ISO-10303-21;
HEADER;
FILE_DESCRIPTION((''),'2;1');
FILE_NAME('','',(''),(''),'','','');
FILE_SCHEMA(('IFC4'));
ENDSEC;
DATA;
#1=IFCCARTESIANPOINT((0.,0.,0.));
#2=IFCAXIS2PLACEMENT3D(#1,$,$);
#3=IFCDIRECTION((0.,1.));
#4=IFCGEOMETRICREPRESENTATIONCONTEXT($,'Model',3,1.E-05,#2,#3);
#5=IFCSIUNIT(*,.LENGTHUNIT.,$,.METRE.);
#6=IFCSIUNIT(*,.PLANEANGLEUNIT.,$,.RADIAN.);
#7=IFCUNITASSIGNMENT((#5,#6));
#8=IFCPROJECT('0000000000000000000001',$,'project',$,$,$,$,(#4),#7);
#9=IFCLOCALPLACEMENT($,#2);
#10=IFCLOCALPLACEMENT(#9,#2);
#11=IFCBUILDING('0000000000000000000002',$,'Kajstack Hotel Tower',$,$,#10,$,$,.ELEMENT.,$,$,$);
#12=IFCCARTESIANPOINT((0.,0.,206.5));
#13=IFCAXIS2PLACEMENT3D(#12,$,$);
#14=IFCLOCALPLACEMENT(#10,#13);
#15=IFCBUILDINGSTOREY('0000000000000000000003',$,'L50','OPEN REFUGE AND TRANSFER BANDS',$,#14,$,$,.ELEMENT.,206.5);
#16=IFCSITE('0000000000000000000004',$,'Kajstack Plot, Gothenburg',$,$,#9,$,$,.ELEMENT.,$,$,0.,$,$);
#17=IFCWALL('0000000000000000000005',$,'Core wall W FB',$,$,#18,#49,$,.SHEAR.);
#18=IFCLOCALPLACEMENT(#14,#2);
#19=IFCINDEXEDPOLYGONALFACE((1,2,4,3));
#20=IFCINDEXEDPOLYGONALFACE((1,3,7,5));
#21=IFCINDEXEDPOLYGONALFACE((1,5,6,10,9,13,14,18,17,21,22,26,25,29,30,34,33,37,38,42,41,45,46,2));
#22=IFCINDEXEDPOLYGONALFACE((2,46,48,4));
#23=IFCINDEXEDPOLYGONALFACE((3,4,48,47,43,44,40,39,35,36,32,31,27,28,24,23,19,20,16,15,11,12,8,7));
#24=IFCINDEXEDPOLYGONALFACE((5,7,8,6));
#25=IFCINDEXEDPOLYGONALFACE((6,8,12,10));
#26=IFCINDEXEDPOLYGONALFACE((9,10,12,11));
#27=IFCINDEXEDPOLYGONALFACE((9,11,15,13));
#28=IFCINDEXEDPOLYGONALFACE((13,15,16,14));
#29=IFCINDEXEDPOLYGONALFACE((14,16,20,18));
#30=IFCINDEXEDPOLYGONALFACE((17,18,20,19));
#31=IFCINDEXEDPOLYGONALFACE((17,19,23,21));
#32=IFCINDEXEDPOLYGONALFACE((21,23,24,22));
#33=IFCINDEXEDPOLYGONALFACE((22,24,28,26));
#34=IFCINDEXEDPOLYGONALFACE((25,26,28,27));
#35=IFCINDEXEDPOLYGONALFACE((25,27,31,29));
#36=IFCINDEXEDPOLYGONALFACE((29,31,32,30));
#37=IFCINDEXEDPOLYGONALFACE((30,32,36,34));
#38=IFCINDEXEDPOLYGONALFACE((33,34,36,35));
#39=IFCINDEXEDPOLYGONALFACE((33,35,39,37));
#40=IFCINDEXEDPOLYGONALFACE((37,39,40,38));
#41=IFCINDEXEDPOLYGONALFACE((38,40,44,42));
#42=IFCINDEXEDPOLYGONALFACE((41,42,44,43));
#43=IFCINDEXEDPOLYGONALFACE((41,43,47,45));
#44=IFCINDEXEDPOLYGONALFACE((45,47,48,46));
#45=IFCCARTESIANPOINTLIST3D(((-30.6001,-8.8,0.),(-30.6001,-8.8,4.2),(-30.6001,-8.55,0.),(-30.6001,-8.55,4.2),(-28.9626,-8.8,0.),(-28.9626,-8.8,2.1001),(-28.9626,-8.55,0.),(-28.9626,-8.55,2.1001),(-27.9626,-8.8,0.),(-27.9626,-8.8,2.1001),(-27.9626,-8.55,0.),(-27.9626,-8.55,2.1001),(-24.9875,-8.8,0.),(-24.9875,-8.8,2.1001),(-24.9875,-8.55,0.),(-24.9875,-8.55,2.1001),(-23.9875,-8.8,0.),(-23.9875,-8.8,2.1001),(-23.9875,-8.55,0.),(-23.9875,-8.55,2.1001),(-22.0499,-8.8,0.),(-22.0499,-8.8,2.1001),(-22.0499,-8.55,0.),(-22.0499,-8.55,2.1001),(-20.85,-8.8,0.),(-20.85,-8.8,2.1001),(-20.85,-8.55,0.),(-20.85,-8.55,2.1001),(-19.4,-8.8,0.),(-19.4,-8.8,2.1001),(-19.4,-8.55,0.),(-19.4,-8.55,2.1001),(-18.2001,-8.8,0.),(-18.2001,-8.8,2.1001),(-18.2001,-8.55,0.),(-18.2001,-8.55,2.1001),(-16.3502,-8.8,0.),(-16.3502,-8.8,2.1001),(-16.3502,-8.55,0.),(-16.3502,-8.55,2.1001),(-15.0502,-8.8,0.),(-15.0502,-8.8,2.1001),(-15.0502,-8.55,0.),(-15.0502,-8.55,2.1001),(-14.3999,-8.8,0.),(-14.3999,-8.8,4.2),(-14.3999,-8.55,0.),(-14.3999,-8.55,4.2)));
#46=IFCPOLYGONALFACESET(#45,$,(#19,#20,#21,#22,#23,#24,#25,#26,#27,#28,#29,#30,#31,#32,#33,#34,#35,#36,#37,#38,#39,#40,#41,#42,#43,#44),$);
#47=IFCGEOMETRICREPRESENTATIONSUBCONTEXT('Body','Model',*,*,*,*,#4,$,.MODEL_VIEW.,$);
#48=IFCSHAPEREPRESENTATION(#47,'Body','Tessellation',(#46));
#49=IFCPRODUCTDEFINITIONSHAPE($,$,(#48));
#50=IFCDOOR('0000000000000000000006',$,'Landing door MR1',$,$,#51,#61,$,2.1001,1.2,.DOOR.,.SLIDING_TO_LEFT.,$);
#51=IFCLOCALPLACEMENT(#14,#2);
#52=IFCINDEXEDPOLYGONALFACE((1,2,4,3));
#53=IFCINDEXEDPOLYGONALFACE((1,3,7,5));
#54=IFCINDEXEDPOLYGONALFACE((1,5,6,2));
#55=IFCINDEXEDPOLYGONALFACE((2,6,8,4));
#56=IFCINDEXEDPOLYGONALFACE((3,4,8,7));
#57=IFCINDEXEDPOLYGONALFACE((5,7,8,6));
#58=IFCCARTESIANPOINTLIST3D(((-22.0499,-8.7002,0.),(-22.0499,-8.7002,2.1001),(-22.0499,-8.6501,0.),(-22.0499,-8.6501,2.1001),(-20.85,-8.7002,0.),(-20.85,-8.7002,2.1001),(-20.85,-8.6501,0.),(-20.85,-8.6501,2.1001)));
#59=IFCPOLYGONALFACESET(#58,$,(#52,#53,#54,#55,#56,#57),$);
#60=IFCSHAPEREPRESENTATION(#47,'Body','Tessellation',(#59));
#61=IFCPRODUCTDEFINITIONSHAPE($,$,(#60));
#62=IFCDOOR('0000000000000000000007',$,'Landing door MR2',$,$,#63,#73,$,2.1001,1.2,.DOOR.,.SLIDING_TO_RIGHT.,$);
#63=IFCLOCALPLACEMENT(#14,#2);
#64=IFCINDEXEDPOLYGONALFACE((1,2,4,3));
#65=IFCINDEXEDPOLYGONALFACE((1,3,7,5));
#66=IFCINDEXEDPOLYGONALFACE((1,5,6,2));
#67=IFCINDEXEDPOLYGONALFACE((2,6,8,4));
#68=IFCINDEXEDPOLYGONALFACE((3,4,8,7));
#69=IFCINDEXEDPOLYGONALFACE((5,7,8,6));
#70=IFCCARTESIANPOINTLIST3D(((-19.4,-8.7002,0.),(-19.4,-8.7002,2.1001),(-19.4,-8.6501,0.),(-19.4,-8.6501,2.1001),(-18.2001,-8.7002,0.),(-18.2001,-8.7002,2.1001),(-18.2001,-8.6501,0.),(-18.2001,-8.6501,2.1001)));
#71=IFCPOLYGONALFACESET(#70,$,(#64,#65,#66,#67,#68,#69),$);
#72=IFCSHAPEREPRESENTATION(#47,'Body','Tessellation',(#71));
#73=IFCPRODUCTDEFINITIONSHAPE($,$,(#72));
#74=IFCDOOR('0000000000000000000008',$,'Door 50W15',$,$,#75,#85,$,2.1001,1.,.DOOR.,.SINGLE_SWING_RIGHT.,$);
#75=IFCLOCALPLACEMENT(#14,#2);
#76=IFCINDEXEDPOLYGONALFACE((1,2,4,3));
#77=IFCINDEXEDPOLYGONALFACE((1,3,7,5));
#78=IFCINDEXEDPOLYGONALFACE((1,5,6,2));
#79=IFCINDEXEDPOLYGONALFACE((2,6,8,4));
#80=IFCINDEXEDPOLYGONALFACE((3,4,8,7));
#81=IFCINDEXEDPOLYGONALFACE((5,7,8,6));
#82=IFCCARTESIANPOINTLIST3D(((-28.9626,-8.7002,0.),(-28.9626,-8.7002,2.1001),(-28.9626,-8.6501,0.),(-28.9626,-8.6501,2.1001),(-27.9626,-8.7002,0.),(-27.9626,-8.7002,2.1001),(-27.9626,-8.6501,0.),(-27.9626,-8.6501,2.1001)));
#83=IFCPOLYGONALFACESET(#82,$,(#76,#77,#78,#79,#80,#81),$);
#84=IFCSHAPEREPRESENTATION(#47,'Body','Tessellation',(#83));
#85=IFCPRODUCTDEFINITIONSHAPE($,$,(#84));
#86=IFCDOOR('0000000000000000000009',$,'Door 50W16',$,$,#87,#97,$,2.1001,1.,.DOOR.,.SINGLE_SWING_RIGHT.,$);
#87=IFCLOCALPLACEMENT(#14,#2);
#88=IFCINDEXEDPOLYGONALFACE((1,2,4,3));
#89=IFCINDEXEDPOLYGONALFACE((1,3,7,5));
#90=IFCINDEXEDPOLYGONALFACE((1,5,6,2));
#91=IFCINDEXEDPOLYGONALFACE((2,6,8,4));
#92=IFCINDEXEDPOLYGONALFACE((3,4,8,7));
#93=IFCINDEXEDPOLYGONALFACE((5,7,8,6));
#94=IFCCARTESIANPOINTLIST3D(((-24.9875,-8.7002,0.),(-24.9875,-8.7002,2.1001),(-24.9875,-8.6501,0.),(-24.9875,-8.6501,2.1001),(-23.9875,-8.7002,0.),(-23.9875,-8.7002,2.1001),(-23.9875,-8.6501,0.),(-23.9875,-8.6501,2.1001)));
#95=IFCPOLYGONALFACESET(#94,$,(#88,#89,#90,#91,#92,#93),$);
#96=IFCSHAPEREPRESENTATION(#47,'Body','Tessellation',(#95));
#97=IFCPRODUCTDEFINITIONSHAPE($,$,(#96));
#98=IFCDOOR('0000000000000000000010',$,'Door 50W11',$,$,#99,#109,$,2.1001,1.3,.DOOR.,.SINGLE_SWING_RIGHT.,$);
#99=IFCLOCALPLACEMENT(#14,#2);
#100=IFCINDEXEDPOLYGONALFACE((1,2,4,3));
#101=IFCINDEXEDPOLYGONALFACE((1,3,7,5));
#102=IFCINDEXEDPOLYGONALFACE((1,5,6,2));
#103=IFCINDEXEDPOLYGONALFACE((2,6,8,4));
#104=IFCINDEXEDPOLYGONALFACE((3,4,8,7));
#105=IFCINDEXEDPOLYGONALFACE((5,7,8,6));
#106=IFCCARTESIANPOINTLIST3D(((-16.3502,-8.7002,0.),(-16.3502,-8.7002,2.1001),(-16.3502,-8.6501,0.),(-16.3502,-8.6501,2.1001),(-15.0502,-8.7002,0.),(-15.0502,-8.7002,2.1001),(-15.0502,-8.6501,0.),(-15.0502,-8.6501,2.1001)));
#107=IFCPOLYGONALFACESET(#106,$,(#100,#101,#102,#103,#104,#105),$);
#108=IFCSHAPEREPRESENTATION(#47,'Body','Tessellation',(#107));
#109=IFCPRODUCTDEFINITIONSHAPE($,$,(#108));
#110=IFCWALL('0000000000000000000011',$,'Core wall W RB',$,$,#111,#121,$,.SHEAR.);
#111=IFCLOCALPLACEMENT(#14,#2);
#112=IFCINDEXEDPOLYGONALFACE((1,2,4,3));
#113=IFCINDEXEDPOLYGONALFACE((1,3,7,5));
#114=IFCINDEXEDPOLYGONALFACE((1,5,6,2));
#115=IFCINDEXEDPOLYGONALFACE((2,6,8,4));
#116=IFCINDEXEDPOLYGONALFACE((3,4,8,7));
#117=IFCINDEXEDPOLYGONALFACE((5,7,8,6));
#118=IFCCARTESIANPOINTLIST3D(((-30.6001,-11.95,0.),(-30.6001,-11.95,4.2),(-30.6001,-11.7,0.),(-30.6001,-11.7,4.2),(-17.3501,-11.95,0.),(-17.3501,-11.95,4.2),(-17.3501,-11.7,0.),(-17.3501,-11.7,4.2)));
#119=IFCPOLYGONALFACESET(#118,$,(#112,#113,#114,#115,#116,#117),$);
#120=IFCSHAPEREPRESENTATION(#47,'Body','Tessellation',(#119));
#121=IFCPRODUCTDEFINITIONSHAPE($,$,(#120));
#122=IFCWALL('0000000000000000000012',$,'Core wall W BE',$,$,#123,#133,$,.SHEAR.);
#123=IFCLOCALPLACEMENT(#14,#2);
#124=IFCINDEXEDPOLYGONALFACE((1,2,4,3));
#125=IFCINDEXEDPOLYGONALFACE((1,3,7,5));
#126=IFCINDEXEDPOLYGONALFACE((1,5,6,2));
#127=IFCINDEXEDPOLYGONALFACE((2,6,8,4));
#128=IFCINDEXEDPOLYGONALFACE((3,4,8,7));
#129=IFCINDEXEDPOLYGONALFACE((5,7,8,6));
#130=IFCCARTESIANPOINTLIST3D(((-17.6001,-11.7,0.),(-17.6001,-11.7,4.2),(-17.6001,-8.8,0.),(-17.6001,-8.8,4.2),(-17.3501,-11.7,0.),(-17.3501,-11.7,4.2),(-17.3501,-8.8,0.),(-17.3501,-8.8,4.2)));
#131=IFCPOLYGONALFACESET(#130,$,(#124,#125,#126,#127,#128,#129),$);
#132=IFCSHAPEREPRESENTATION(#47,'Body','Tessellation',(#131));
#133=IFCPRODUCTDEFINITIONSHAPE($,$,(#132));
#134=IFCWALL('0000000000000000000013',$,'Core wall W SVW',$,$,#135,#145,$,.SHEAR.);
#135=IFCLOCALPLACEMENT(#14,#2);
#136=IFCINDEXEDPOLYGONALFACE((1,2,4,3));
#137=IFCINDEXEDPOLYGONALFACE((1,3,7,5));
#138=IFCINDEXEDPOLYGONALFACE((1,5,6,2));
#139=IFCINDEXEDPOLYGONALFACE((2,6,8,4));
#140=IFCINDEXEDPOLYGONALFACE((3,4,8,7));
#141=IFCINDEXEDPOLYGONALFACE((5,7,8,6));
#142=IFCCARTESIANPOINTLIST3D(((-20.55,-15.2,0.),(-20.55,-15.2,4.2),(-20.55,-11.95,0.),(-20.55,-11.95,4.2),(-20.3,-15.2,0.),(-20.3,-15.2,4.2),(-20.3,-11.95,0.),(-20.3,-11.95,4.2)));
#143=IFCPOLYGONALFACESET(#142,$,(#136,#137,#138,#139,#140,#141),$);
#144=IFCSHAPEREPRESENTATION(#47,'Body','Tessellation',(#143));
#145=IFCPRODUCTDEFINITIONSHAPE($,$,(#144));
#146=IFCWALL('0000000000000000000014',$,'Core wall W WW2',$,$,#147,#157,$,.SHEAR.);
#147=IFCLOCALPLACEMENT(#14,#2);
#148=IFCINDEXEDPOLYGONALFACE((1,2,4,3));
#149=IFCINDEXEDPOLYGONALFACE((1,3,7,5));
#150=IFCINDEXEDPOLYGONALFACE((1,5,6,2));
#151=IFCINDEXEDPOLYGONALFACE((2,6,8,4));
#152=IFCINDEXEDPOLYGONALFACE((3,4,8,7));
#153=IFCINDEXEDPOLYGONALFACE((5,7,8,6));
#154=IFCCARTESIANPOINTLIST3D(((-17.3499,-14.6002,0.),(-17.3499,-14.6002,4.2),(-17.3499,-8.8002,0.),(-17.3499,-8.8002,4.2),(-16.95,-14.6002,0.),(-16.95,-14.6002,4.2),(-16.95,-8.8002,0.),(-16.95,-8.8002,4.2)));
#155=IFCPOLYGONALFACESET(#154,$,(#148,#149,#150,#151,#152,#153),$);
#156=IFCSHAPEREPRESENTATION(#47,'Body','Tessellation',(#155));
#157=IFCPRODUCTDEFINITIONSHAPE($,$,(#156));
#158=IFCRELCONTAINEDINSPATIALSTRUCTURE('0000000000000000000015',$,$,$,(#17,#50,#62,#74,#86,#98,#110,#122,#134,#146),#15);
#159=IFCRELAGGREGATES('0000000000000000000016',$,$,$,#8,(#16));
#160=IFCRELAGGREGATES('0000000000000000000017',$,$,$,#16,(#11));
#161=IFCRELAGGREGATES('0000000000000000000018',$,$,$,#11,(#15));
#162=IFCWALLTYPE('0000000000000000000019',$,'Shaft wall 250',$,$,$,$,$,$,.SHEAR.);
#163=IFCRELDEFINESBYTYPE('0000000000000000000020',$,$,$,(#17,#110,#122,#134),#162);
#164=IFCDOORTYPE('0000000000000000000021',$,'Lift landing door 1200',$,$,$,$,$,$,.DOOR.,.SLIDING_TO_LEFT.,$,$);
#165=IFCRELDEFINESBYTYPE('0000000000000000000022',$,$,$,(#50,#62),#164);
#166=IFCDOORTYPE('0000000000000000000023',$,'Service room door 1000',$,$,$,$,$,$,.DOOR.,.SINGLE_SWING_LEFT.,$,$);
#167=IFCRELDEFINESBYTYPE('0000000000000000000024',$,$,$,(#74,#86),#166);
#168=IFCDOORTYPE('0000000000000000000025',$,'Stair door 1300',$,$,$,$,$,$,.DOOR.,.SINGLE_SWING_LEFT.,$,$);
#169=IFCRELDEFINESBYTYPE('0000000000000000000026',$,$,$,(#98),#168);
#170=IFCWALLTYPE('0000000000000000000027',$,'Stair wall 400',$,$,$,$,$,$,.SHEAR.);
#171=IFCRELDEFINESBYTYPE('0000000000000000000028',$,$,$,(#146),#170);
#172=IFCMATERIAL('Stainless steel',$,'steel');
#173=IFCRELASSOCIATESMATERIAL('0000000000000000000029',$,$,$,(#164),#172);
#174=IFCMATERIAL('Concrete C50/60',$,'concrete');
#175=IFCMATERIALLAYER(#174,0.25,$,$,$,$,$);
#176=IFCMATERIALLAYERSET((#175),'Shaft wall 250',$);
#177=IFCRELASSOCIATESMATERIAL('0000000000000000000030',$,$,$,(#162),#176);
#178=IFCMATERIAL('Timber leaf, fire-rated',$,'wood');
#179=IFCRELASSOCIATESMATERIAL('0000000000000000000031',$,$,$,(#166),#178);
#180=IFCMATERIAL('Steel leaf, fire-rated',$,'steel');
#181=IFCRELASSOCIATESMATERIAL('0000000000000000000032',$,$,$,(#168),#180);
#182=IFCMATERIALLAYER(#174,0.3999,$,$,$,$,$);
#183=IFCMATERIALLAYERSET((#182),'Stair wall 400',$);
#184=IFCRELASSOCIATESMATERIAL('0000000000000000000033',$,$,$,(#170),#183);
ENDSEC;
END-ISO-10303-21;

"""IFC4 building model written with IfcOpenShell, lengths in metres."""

from ifc_helpers import new_model, si_unit, direction, frame, frame_2d, origin, place, context, subcontext, project, spatial, rectangle, extrude, material, layer, layer_set, type_object, element, fill, save


model = new_model("IFC4")

# Units and contexts
model_context = context("Model", 3, precision=1e-05, world=origin(), true_north=direction((0.0, 1.0)))
body_context = subcontext(model_context, "Body", "Model", "MODEL_VIEW")
ifc_project = project(units=[si_unit("LENGTHUNIT", "METRE"), si_unit("PLANEANGLEUNIT", "RADIAN")], contexts=[model_context])

# Site, building, storey
site_placement = place(None, origin())
site = spatial("IfcSite", under=ifc_project, at=site_placement, Name="Kajstack Plot, Gothenburg", CompositionType="ELEMENT", RefElevation=0.0)
building_placement = place(site_placement, origin())
building = spatial("IfcBuilding", under=site, at=building_placement, Name="Kajstack Hotel Tower", CompositionType="ELEMENT")
storey_placement = place(building_placement, frame((0.0, 0.0, 206.5)))
storey = spatial("IfcBuildingStorey", under=building, at=storey_placement, Name="L50", Description="OPEN REFUGE AND TRANSFER BANDS", CompositionType="ELEMENT", Elevation=206.5)

# Shared definitions
ifc_material_1 = material(Name="Stainless steel", Category="steel")
door_type_1 = type_object("IfcDoorType", Name="Lift landing door 1200", OperationType="SLIDING_TO_LEFT", PredefinedType="DOOR", material=ifc_material_1)

# Shared definitions
ifc_material_2 = material(Name="Concrete C50/60", Category="concrete")

# Wall, openings, doors
ifc_layer_1 = layer(ifc_material_2, 0.25)
ifc_layer_set_1 = layer_set([ifc_layer_1], Name="Shaft wall 250")
wall_type_1 = type_object("IfcWallType", Name="Shaft wall 250", PredefinedType="SHEAR", material=ifc_layer_set_1)
wall_1_placement = place(storey_placement, frame((-30.6001, -8.675, 0.0), z_axis=(0.0, 0.0, 1.0), x_axis=(1.0, 0.0, 0.0)))
wall_1 = element("IfcWall", 1, at=wall_1_placement, inside=storey, type_object=wall_type_1, Name="Core wall W FB", PredefinedType="SHEAR", context=body_context, shape_type="SweptSolid", body=[
    extrude(rectangle(XDim=16.2002, YDim=0.25, at=frame_2d((8.1001, 0.0))), origin(), (0.0, 0.0, 1.0), 4.2),
])
opening_1_placement = place(wall_1_placement, frame((8.55, 0.0, 0.0)))
opening_1 = element("IfcOpeningElement", 2, at=opening_1_placement, cuts=wall_1, PredefinedType="OPENING", context=body_context, shape_type="SweptSolid", body=[
    extrude(rectangle(XDim=1.2, YDim=2.1001, at=frame_2d((0.6001, 1.05))), frame((0.0, 0.135, 0.0), z_axis=(0.0, -1.0, 0.0), x_axis=(1.0, 0.0, 0.0)), (0.0, 0.0, 1.0), 0.27),
])
opening_2_placement = place(wall_1_placement, frame((11.2, 0.0, 0.0)))
opening_2 = element("IfcOpeningElement", 3, at=opening_2_placement, cuts=wall_1, PredefinedType="OPENING", context=body_context, shape_type="SweptSolid", body=[
    extrude(rectangle(XDim=1.2, YDim=2.1001, at=frame_2d((0.6001, 1.05))), frame((0.0, 0.135, 0.0), z_axis=(0.0, -1.0, 0.0), x_axis=(1.0, 0.0, 0.0)), (0.0, 0.0, 1.0), 0.27),
])
opening_3_placement = place(wall_1_placement, frame((14.25, 0.0, 0.0)))
opening_3 = element("IfcOpeningElement", 4, at=opening_3_placement, cuts=wall_1, PredefinedType="OPENING", context=body_context, shape_type="SweptSolid", body=[
    extrude(rectangle(XDim=1.3, YDim=2.1001, at=frame_2d((0.6499, 1.05))), frame((0.0, 0.135, 0.0), z_axis=(0.0, -1.0, 0.0), x_axis=(1.0, 0.0, 0.0)), (0.0, 0.0, 1.0), 0.27),
])
opening_4_placement = place(wall_1_placement, frame((1.6375, 0.0, 0.0)))
opening_4 = element("IfcOpeningElement", 5, at=opening_4_placement, cuts=wall_1, PredefinedType="OPENING", context=body_context, shape_type="SweptSolid", body=[
    extrude(rectangle(XDim=1.0, YDim=2.1001, at=frame_2d((0.5, 1.05))), frame((0.0, 0.135, 0.0), z_axis=(0.0, -1.0, 0.0), x_axis=(1.0, 0.0, 0.0)), (0.0, 0.0, 1.0), 0.27),
])
opening_5_placement = place(wall_1_placement, frame((5.6125, 0.0, 0.0)))
opening_5 = element("IfcOpeningElement", 6, at=opening_5_placement, cuts=wall_1, PredefinedType="OPENING", context=body_context, shape_type="SweptSolid", body=[
    extrude(rectangle(XDim=1.0, YDim=2.1001, at=frame_2d((0.5, 1.05))), frame((0.0, 0.135, 0.0), z_axis=(0.0, -1.0, 0.0), x_axis=(1.0, 0.0, 0.0)), (0.0, 0.0, 1.0), 0.27),
])
door_1_placement = place(opening_1_placement, origin())
door_1 = element("IfcDoor", 7, at=door_1_placement, inside=storey, type_object=door_type_1, Name="Landing door MR1", OperationType="SLIDING_TO_LEFT", OverallHeight=2.1001, OverallWidth=1.2, PredefinedType="DOOR", context=body_context, shape_type="SweptSolid", body=[
    extrude(rectangle(XDim=1.2, YDim=2.1001, at=frame_2d((0.6001, 1.05))), frame((0.0, 0.0249, 0.0), z_axis=(0.0, -1.0, 0.0), x_axis=(1.0, 0.0, 0.0)), (0.0, 0.0, 1.0), 0.05),
])
fill(opening_1, door_1)
door_2_placement = place(opening_2_placement, origin())
door_2 = element("IfcDoor", 8, at=door_2_placement, inside=storey, type_object=door_type_1, Name="Landing door MR2", OperationType="SLIDING_TO_RIGHT", OverallHeight=2.1001, OverallWidth=1.2, PredefinedType="DOOR", context=body_context, shape_type="SweptSolid", body=[
    extrude(rectangle(XDim=1.2, YDim=2.1001, at=frame_2d((0.6001, 1.05))), frame((0.0, 0.0249, 0.0), z_axis=(0.0, -1.0, 0.0), x_axis=(1.0, 0.0, 0.0)), (0.0, 0.0, 1.0), 0.05),
])
fill(opening_2, door_2)
ifc_material_3 = material(Name="Timber leaf, fire-rated", Category="wood")
door_type_2 = type_object("IfcDoorType", Name="Service room door 1000", OperationType="SINGLE_SWING_LEFT", PredefinedType="DOOR", material=ifc_material_3)
door_3_placement = place(opening_4_placement, origin())
door_3 = element("IfcDoor", 9, at=door_3_placement, inside=storey, type_object=door_type_2, Name="Door 50W15", OperationType="SINGLE_SWING_RIGHT", OverallHeight=2.1001, OverallWidth=1.0, PredefinedType="DOOR", context=body_context, shape_type="SweptSolid", body=[
    extrude(rectangle(XDim=1.0, YDim=2.1001, at=frame_2d((0.5, 1.05))), frame((0.0, 0.0249, 0.0), z_axis=(0.0, -1.0, 0.0), x_axis=(1.0, 0.0, 0.0)), (0.0, 0.0, 1.0), 0.05),
])
fill(opening_4, door_3)
door_4_placement = place(opening_5_placement, origin())
door_4 = element("IfcDoor", 10, at=door_4_placement, inside=storey, type_object=door_type_2, Name="Door 50W16", OperationType="SINGLE_SWING_RIGHT", OverallHeight=2.1001, OverallWidth=1.0, PredefinedType="DOOR", context=body_context, shape_type="SweptSolid", body=[
    extrude(rectangle(XDim=1.0, YDim=2.1001, at=frame_2d((0.5, 1.05))), frame((0.0, 0.0249, 0.0), z_axis=(0.0, -1.0, 0.0), x_axis=(1.0, 0.0, 0.0)), (0.0, 0.0, 1.0), 0.05),
])
fill(opening_5, door_4)
ifc_material_4 = material(Name="Steel leaf, fire-rated", Category="steel")
door_type_3 = type_object("IfcDoorType", Name="Stair door 1300", OperationType="SINGLE_SWING_LEFT", PredefinedType="DOOR", material=ifc_material_4)
door_5_placement = place(opening_3_placement, origin())
door_5 = element("IfcDoor", 11, at=door_5_placement, inside=storey, type_object=door_type_3, Name="Door 50W11", OperationType="SINGLE_SWING_RIGHT", OverallHeight=2.1001, OverallWidth=1.3, PredefinedType="DOOR", context=body_context, shape_type="SweptSolid", body=[
    extrude(rectangle(XDim=1.3, YDim=2.1001, at=frame_2d((0.6499, 1.05))), frame((0.0, 0.0249, 0.0), z_axis=(0.0, -1.0, 0.0), x_axis=(1.0, 0.0, 0.0)), (0.0, 0.0, 1.0), 0.05),
])
fill(opening_3, door_5)

# Walls
wall_2_placement = place(storey_placement, frame((-30.6001, -11.825, 0.0), z_axis=(0.0, 0.0, 1.0), x_axis=(1.0, 0.0, 0.0)))
element("IfcWall", 12, at=wall_2_placement, inside=storey, type_object=wall_type_1, Name="Core wall W RB", PredefinedType="SHEAR", context=body_context, shape_type="SweptSolid", body=[
    extrude(rectangle(XDim=13.25, YDim=0.25, at=frame_2d((6.625, 0.0))), origin(), (0.0, 0.0, 1.0), 4.2),
])
wall_3_placement = place(storey_placement, frame((-17.4751, -11.7, 0.0), z_axis=(0.0, 0.0, 1.0), x_axis=(0.0, 1.0, 0.0)))
element("IfcWall", 13, at=wall_3_placement, inside=storey, type_object=wall_type_1, Name="Core wall W BE", PredefinedType="SHEAR", context=body_context, shape_type="SweptSolid", body=[
    extrude(rectangle(XDim=2.8999, YDim=0.25, at=frame_2d((1.45, 0.0))), origin(), (0.0, 0.0, 1.0), 4.2),
])
wall_4_placement = place(storey_placement, frame((-20.425, -15.2, 0.0), z_axis=(0.0, 0.0, 1.0), x_axis=(0.0, 1.0, 0.0)))
element("IfcWall", 14, at=wall_4_placement, inside=storey, type_object=wall_type_1, Name="Core wall W SVW", PredefinedType="SHEAR", context=body_context, shape_type="SweptSolid", body=[
    extrude(rectangle(XDim=3.25, YDim=0.25, at=frame_2d((1.625, 0.0))), origin(), (0.0, 0.0, 1.0), 4.2),
])
ifc_layer_2 = layer(ifc_material_2, 0.3999)
ifc_layer_set_2 = layer_set([ifc_layer_2], Name="Stair wall 400")
wall_type_2 = type_object("IfcWallType", Name="Stair wall 400", PredefinedType="SHEAR", material=ifc_layer_set_2)
wall_5_placement = place(storey_placement, frame((-17.1499, -14.6001, 0.0), z_axis=(0.0, 0.0, 1.0), x_axis=(0.0, 1.0, 0.0)))
element("IfcWall", 15, at=wall_5_placement, inside=storey, type_object=wall_type_2, Name="Core wall W WW2", PredefinedType="SHEAR", context=body_context, shape_type="SweptSolid", body=[
    extrude(rectangle(XDim=5.8, YDim=0.3999, at=frame_2d((2.8999, 0.0))), origin(), (0.0, 0.0, 1.0), 4.2),
])

save(model, "model.ifc")
